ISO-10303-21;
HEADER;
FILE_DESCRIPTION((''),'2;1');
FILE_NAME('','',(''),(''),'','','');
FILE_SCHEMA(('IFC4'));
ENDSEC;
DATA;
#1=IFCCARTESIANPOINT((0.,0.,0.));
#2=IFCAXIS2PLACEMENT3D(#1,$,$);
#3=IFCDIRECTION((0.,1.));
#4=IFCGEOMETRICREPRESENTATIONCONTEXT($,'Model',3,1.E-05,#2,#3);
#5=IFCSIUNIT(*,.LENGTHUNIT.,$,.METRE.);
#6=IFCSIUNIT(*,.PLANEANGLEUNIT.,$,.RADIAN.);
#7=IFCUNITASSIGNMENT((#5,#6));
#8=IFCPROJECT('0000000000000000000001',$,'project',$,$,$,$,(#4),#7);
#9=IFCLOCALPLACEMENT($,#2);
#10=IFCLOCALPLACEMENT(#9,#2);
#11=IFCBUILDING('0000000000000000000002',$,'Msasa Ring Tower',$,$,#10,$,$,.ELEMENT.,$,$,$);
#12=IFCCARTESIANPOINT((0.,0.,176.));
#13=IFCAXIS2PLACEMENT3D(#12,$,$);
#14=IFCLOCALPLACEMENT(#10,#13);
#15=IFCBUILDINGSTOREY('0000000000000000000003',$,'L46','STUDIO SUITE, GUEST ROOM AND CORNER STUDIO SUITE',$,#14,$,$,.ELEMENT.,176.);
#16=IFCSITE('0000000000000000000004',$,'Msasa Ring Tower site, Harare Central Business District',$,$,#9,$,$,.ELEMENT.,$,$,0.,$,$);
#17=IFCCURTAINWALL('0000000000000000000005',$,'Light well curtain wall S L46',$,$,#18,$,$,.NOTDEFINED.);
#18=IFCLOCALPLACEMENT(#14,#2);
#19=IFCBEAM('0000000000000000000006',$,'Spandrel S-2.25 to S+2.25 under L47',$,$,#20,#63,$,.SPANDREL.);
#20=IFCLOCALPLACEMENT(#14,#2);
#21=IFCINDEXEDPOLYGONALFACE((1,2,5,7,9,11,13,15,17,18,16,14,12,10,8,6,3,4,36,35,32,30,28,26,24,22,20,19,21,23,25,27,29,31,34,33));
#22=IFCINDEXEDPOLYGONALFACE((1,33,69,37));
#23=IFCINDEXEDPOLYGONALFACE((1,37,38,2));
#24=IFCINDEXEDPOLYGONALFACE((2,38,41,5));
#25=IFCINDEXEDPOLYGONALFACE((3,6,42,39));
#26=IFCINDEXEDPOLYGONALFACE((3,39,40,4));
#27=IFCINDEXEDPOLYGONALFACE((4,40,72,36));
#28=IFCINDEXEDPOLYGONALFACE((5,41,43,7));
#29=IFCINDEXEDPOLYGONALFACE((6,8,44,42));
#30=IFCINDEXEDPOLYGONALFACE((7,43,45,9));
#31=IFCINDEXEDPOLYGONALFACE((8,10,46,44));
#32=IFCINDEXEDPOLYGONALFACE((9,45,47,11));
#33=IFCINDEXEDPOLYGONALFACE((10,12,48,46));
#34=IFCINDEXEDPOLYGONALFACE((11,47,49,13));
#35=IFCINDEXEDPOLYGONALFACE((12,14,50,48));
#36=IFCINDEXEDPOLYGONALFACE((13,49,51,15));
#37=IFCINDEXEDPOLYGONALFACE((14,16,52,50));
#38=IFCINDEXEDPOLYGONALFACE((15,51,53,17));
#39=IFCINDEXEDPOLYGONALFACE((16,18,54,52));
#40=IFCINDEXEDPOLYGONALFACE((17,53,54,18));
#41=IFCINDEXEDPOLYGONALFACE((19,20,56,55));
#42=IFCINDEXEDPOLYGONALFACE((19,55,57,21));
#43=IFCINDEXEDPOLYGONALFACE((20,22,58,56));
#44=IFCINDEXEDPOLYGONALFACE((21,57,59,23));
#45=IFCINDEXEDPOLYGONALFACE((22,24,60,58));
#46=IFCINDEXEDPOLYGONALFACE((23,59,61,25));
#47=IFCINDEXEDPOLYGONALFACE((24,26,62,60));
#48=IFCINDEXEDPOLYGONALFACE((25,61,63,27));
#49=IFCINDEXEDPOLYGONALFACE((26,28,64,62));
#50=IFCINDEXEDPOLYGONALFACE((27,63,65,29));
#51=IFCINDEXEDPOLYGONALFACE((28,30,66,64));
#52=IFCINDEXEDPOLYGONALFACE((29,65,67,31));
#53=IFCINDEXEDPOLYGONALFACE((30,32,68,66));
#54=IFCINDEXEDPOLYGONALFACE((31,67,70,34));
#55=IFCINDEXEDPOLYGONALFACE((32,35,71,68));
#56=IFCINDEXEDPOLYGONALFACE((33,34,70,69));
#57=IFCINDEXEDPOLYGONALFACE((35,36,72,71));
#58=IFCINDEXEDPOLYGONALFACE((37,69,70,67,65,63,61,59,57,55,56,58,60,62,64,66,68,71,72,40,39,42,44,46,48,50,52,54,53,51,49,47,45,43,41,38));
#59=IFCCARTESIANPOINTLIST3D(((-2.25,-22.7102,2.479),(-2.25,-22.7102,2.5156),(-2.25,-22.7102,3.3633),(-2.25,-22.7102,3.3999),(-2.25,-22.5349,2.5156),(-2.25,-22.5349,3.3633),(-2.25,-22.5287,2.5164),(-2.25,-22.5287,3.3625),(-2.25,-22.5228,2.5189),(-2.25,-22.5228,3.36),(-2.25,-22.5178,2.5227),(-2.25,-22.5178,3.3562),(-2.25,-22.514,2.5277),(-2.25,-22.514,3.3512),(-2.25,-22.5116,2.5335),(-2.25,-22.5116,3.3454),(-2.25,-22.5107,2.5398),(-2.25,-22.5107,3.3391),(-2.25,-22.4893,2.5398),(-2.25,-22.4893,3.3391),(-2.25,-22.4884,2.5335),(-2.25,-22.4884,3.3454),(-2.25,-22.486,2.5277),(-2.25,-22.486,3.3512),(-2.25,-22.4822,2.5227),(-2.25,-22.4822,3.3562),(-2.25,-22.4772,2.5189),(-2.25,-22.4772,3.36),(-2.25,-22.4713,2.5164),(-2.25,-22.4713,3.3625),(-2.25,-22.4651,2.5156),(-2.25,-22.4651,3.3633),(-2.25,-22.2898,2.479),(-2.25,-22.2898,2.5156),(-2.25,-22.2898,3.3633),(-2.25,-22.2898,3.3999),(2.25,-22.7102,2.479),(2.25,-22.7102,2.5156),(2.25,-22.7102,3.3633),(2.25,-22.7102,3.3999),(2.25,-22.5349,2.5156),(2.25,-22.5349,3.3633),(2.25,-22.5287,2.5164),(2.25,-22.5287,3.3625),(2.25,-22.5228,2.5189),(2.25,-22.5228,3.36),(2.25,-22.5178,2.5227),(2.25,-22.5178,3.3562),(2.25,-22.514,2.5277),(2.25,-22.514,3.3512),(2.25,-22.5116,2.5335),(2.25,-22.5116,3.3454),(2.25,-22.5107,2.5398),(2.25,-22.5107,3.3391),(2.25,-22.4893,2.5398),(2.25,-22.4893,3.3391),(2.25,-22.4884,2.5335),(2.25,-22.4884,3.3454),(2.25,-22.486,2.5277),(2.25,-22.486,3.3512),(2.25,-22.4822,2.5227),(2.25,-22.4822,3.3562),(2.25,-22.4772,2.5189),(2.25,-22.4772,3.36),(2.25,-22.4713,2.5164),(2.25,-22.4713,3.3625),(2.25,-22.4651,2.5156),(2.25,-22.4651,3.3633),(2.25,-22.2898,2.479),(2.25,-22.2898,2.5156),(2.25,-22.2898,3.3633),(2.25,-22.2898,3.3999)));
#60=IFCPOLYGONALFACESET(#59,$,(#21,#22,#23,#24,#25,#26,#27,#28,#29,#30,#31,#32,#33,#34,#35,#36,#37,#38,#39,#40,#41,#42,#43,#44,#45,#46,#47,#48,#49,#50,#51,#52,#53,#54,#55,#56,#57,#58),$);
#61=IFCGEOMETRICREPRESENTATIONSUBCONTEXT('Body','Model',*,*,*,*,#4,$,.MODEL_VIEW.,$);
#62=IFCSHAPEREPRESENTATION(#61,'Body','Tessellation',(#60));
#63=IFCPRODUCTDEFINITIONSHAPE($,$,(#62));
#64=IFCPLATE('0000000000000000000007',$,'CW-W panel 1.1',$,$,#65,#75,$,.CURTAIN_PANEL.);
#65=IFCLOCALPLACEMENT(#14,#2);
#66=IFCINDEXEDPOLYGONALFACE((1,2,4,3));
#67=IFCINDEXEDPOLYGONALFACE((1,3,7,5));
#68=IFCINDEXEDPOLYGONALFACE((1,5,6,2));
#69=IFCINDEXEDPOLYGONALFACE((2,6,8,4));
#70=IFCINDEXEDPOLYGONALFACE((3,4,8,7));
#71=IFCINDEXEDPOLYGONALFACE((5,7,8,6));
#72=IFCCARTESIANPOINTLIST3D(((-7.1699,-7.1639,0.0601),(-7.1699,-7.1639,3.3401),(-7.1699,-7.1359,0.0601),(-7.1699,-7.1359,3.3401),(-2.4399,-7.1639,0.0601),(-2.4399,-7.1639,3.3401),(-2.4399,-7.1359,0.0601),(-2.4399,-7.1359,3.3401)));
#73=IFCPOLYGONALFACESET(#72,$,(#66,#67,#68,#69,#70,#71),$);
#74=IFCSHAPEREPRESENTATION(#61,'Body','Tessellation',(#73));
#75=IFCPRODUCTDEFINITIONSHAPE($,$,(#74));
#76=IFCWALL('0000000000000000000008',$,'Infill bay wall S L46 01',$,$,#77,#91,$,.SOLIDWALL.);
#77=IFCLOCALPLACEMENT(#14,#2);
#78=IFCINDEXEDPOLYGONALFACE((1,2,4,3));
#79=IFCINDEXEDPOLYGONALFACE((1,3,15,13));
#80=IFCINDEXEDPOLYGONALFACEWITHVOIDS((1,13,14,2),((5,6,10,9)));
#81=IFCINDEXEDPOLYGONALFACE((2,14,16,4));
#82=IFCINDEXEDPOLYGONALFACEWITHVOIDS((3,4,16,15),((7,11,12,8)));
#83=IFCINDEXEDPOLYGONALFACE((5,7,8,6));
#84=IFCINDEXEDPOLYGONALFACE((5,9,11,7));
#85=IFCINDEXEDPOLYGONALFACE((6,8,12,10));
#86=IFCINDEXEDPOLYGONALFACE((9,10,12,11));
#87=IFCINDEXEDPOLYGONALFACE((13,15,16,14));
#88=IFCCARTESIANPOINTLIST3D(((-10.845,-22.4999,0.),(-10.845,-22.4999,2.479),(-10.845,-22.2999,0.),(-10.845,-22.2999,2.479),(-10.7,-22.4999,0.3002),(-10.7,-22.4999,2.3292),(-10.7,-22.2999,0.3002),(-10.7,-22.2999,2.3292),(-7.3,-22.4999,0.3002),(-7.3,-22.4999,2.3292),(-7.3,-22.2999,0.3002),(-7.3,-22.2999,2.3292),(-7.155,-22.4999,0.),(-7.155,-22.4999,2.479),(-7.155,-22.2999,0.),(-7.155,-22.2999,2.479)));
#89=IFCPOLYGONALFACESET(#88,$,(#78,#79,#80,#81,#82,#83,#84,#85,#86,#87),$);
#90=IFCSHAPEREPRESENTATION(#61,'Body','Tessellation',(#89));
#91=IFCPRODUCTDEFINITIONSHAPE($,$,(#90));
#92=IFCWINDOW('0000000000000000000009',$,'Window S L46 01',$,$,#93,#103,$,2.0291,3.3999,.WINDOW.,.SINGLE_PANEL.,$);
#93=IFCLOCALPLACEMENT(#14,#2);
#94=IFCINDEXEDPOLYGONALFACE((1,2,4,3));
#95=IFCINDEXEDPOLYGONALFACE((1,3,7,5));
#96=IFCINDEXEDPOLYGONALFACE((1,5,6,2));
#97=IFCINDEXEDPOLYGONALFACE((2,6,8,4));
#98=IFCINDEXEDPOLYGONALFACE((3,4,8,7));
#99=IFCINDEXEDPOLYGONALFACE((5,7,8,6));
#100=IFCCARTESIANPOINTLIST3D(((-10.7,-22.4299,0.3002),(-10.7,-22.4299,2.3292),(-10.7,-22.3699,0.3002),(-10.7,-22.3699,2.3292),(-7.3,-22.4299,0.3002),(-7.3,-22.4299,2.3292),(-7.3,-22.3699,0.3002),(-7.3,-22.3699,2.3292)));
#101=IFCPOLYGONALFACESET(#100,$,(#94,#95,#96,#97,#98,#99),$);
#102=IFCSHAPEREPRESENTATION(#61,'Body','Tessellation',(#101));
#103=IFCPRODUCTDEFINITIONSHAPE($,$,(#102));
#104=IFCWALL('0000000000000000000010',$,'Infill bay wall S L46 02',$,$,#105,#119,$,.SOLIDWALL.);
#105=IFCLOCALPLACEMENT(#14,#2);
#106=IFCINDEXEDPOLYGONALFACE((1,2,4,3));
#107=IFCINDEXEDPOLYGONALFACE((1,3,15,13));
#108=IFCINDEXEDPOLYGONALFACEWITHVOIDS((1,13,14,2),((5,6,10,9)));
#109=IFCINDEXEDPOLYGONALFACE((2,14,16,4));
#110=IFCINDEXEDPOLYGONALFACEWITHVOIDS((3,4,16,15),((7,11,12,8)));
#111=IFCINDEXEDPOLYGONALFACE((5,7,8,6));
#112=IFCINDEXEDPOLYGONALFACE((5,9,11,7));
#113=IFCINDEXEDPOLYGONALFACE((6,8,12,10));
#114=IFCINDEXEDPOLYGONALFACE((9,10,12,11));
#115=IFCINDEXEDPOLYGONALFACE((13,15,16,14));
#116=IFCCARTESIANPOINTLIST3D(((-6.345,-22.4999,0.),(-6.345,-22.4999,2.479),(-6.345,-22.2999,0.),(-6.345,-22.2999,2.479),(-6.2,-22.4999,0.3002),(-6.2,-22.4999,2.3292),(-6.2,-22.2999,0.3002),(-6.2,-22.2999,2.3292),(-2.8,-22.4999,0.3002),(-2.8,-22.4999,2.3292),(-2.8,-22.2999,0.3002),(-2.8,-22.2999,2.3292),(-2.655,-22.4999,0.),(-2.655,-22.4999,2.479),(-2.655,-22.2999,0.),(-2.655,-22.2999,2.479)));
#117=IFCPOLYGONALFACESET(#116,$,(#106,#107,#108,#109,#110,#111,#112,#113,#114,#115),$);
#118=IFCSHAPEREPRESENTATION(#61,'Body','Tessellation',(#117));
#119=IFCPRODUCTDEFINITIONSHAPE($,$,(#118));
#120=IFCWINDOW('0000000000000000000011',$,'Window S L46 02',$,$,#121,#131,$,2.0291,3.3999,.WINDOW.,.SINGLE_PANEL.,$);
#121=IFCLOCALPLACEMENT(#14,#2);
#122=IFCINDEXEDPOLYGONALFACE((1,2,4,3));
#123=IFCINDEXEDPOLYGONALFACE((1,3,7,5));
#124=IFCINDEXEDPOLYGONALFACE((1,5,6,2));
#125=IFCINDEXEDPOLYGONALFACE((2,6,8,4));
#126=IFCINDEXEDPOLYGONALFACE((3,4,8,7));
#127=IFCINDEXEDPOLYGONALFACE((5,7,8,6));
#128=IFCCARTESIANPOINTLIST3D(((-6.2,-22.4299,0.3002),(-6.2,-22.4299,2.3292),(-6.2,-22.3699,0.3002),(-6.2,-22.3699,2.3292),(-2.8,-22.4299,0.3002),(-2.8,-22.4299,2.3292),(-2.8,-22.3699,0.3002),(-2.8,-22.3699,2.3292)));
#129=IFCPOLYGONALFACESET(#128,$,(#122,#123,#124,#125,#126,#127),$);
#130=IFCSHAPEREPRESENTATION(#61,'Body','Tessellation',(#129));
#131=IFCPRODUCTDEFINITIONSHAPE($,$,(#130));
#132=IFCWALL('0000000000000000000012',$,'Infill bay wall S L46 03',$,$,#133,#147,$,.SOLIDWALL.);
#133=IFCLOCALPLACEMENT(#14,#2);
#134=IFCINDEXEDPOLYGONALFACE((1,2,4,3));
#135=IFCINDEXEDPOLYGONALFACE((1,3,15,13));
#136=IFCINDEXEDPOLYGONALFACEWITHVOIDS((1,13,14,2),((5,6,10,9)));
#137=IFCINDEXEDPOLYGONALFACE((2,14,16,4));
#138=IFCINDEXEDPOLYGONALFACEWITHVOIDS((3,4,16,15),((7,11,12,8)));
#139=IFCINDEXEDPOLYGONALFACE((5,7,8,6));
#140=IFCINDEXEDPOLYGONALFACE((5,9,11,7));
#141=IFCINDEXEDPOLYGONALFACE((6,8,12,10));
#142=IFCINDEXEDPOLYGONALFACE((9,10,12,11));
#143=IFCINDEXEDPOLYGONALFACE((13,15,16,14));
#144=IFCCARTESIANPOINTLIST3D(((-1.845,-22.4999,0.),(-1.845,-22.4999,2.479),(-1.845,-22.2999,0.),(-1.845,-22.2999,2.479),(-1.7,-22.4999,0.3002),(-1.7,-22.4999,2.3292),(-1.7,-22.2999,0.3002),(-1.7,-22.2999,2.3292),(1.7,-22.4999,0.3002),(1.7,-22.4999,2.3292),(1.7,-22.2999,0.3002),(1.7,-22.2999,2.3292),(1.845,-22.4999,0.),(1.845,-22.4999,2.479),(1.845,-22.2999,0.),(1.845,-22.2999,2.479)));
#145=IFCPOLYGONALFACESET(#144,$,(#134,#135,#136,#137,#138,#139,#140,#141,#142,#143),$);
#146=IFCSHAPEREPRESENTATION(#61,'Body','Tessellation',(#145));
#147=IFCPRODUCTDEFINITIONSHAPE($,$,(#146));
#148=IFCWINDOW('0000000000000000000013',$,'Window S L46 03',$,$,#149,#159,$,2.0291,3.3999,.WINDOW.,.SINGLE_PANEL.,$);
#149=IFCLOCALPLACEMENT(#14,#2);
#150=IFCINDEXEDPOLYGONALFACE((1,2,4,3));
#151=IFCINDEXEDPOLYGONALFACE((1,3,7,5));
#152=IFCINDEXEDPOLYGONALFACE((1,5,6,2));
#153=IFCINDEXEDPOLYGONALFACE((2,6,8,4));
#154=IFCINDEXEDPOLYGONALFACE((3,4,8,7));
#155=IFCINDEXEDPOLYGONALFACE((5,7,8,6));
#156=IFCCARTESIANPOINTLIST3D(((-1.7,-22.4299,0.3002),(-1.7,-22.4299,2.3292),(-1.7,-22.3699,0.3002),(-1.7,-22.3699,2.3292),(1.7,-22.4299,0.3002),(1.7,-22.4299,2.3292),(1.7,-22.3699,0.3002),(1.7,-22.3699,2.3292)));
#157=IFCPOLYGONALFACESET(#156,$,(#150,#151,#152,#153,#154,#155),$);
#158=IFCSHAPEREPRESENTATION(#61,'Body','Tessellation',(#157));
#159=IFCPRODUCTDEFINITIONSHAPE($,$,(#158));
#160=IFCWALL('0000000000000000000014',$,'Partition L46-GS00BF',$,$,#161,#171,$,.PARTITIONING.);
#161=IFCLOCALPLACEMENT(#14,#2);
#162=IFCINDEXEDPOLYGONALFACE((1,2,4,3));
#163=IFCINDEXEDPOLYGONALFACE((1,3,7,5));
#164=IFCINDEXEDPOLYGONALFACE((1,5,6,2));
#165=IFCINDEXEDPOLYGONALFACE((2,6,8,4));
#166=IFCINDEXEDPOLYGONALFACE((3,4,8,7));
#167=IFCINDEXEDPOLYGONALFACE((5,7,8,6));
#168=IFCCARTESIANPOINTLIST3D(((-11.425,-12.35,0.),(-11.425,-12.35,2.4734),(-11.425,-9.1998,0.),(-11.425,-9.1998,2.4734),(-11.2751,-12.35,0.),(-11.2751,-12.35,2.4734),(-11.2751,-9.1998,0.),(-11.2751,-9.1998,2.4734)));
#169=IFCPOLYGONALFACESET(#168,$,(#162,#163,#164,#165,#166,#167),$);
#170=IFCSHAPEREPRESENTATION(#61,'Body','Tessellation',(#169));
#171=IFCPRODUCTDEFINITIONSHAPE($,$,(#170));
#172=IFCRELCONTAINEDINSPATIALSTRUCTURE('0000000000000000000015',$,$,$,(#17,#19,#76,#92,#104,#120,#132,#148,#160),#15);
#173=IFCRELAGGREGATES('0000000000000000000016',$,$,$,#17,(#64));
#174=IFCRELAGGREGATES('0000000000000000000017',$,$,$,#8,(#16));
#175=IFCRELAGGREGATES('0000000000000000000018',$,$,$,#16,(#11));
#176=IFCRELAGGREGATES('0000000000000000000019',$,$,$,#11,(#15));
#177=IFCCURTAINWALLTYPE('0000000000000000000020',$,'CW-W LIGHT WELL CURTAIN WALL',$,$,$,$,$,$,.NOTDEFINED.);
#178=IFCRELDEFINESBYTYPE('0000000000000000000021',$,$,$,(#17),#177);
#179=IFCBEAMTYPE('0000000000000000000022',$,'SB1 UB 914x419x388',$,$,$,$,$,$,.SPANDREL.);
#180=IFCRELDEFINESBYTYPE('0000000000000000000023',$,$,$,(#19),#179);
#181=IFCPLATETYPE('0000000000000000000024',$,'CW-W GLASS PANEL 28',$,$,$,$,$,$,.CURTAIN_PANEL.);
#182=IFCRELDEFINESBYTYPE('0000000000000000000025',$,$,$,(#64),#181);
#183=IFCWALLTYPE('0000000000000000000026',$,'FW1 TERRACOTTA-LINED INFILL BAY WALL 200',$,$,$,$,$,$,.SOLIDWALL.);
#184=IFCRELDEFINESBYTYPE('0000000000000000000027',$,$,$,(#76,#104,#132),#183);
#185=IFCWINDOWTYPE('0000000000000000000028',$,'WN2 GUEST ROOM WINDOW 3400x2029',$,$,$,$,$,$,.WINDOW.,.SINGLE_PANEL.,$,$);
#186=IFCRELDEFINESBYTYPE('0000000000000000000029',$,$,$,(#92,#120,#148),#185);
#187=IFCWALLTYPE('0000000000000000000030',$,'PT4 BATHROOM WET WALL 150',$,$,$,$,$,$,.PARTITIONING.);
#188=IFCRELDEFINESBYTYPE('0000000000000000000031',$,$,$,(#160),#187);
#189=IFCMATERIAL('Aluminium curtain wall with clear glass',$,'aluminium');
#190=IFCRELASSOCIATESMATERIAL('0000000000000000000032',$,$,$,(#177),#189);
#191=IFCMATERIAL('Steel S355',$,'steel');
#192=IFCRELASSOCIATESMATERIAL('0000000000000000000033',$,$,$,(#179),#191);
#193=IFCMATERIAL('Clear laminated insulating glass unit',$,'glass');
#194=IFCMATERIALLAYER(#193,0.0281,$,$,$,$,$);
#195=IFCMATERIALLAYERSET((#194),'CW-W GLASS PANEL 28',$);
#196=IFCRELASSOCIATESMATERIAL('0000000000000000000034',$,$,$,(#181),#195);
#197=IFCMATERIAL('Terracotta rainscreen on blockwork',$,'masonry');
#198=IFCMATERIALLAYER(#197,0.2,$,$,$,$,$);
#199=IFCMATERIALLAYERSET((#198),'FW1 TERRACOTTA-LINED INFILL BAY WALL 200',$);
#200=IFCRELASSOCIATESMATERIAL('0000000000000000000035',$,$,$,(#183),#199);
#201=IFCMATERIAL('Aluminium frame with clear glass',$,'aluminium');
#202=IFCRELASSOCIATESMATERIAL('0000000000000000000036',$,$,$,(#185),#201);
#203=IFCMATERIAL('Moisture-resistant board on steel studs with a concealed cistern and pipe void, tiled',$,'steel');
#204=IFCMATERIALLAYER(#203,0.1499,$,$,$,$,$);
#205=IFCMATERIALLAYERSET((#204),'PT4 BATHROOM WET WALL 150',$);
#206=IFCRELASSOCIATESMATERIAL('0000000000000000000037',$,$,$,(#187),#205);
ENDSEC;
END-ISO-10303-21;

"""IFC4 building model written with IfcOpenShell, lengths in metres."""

from ifc_helpers import new_model, si_unit, direction, frame, frame_2d, origin, origin_2d, place, context, subcontext, project, spatial, rectangle, i_section, extrude, material, layer, layer_set, material_profile, profile_set, type_object, element, fill, aggregate, save


model = new_model("IFC4")

# Units and contexts
model_context = context("Model", 3, precision=1e-05, world=origin(), true_north=direction((0.0, 1.0)))
body_context = subcontext(model_context, "Body", "Model", "MODEL_VIEW")
ifc_project = project(units=[si_unit("LENGTHUNIT", "METRE"), si_unit("PLANEANGLEUNIT", "RADIAN")], contexts=[model_context])

# Site, building, storey
site_placement = place(None, origin())
site = spatial("IfcSite", under=ifc_project, at=site_placement, Name="Msasa Ring Tower site, Harare Central Business District", CompositionType="ELEMENT", RefElevation=0.0)
building_placement = place(site_placement, origin())
building = spatial("IfcBuilding", under=site, at=building_placement, Name="Msasa Ring Tower", CompositionType="ELEMENT")
storey_placement = place(building_placement, frame((0.0, 0.0, 176.0)))
storey = spatial("IfcBuildingStorey", under=building, at=storey_placement, Name="L46", Description="STUDIO SUITE, GUEST ROOM AND CORNER STUDIO SUITE", CompositionType="ELEMENT", Elevation=176.0)

# Curtain wall
ifc_material_1 = material(Name="Aluminium curtain wall with clear glass", Category="aluminium")
curtain_wall_type = type_object("IfcCurtainWallType", Name="CW-W LIGHT WELL CURTAIN WALL", PredefinedType="NOTDEFINED", material=ifc_material_1)
curtain_wall_1_placement = place(storey_placement, origin())
curtain_wall_1 = element("IfcCurtainWall", 1, at=curtain_wall_1_placement, inside=storey, type_object=curtain_wall_type, Name="Light well curtain wall S L46", PredefinedType="NOTDEFINED")

# Beam
ifc_material_2 = material(Name="Steel S355", Category="steel")
ifc_material_profile_1 = material_profile(ifc_material_2, i_section(OverallWidth=0.4204, OverallDepth=0.9209, WebThickness=0.0215, FlangeThickness=0.0366, FilletRadius=0.0242, at=origin_2d()), Name="UB 914x419x388")
ifc_profile_set_1 = profile_set([ifc_material_profile_1], Name="Steel S355")
beam_type_1 = type_object("IfcBeamType", Name="SB1 UB 914x419x388", PredefinedType="SPANDREL", material=ifc_profile_set_1)
for number, where, z_axis, x_axis, name in (
    (2, (-2.25, -22.5, 2.9395), (1.0, 0.0, 0.0), (0.0, 1.0, 0.0), "Spandrel S-2.25 to S+2.25 under L47"),
):
    element("IfcBeam", number, at=place(storey_placement, frame(where, z_axis=z_axis, x_axis=x_axis)), inside=storey, type_object=beam_type_1, Name=name, PredefinedType="SPANDREL", context=body_context, shape_type="SweptSolid", body=[
        extrude(i_section(OverallWidth=0.4204, OverallDepth=0.9209, WebThickness=0.0215, FlangeThickness=0.0366, FilletRadius=0.0242, at=origin_2d()), origin(), (0.0, 0.0, 1.0), 4.5),
    ])

# Plate
ifc_material_3 = material(Name="Clear laminated insulating glass unit", Category="glass")
ifc_layer_1 = layer(ifc_material_3, 0.0281)
ifc_layer_set_1 = layer_set([ifc_layer_1], Name="CW-W GLASS PANEL 28")
plate_type = type_object("IfcPlateType", Name="CW-W GLASS PANEL 28", PredefinedType="CURTAIN_PANEL", material=ifc_layer_set_1)
plate_placement = place(storey_placement, frame((-4.8049, -7.1499, 0.0601), z_axis=(0.0, 0.0, 1.0), x_axis=(1.0, 0.0, 0.0)))
plate = element("IfcPlate", 3, at=plate_placement, type_object=plate_type, Name="CW-W panel 1.1", PredefinedType="CURTAIN_PANEL", context=body_context, shape_type="SweptSolid", body=[
    extrude(rectangle(XDim=4.73, YDim=0.0281, at=origin_2d()), origin(), (0.0, 0.0, 1.0), 3.28),
])
aggregate(curtain_wall_1, [plate])

# Walls, openings, windows
ifc_material_4 = material(Name="Terracotta rainscreen on blockwork", Category="masonry")
ifc_layer_2 = layer(ifc_material_4, 0.2)
ifc_layer_set_2 = layer_set([ifc_layer_2], Name="FW1 TERRACOTTA-LINED INFILL BAY WALL 200")
wall_type_1 = type_object("IfcWallType", Name="FW1 TERRACOTTA-LINED INFILL BAY WALL 200", PredefinedType="SOLIDWALL", material=ifc_layer_set_2)
wall_1_placement = place(storey_placement, frame((-10.845, -22.3999, 0.0), z_axis=(0.0, 0.0, 1.0), x_axis=(1.0, 0.0, 0.0)))
wall_1 = element("IfcWall", 4, at=wall_1_placement, inside=storey, type_object=wall_type_1, Name="Infill bay wall S L46 01", PredefinedType="SOLIDWALL", context=body_context, shape_type="SweptSolid", body=[
    extrude(rectangle(XDim=3.6899, YDim=0.2, at=frame_2d((1.845, 0.0))), origin(), (0.0, 0.0, 1.0), 2.479),
])
opening_1_placement = place(wall_1_placement, frame((0.145, 0.0, 0.3)))
opening_1 = element("IfcOpeningElement", 5, at=opening_1_placement, cuts=wall_1, PredefinedType="OPENING", context=body_context, shape_type="SweptSolid", body=[
    extrude(rectangle(XDim=3.3999, YDim=2.0291, at=frame_2d((1.7, 1.0146))), frame((0.0, 0.1099, 0.0), z_axis=(0.0, -1.0, 0.0), x_axis=(1.0, 0.0, 0.0)), (0.0, 0.0, 1.0), 0.22),
])
ifc_material_5 = material(Name="Aluminium frame with clear glass", Category="aluminium")
window_type = type_object("IfcWindowType", Name="WN2 GUEST ROOM WINDOW 3400x2029", PartitioningType="SINGLE_PANEL", PredefinedType="WINDOW", material=ifc_material_5)
window_1_placement = place(opening_1_placement, origin())
window_1 = element("IfcWindow", 6, at=window_1_placement, inside=storey, type_object=window_type, Name="Window S L46 01", OverallHeight=2.0291, OverallWidth=3.3999, PartitioningType="SINGLE_PANEL", PredefinedType="WINDOW", context=body_context, shape_type="SweptSolid", body=[
    extrude(rectangle(XDim=3.3999, YDim=2.0291, at=frame_2d((1.7, 1.0146))), frame((0.0, 0.03, 0.0), z_axis=(0.0, -1.0, 0.0), x_axis=(1.0, 0.0, 0.0)), (0.0, 0.0, 1.0), 0.0601),
])
fill(opening_1, window_1)
wall_2_placement = place(storey_placement, frame((-6.345, -22.3999, 0.0), z_axis=(0.0, 0.0, 1.0), x_axis=(1.0, 0.0, 0.0)))
wall_2 = element("IfcWall", 7, at=wall_2_placement, inside=storey, type_object=wall_type_1, Name="Infill bay wall S L46 02", PredefinedType="SOLIDWALL", context=body_context, shape_type="SweptSolid", body=[
    extrude(rectangle(XDim=3.6899, YDim=0.2, at=frame_2d((1.845, 0.0))), origin(), (0.0, 0.0, 1.0), 2.479),
])
opening_2_placement = place(wall_2_placement, frame((0.145, 0.0, 0.3)))
opening_2 = element("IfcOpeningElement", 8, at=opening_2_placement, cuts=wall_2, PredefinedType="OPENING", context=body_context, shape_type="SweptSolid", body=[
    extrude(rectangle(XDim=3.3999, YDim=2.0291, at=frame_2d((1.7, 1.0146))), frame((0.0, 0.1099, 0.0), z_axis=(0.0, -1.0, 0.0), x_axis=(1.0, 0.0, 0.0)), (0.0, 0.0, 1.0), 0.22),
])
window_2_placement = place(opening_2_placement, origin())
window_2 = element("IfcWindow", 9, at=window_2_placement, inside=storey, type_object=window_type, Name="Window S L46 02", OverallHeight=2.0291, OverallWidth=3.3999, PartitioningType="SINGLE_PANEL", PredefinedType="WINDOW", context=body_context, shape_type="SweptSolid", body=[
    extrude(rectangle(XDim=3.3999, YDim=2.0291, at=frame_2d((1.7, 1.0146))), frame((0.0, 0.03, 0.0), z_axis=(0.0, -1.0, 0.0), x_axis=(1.0, 0.0, 0.0)), (0.0, 0.0, 1.0), 0.0601),
])
fill(opening_2, window_2)
wall_3_placement = place(storey_placement, frame((-1.845, -22.3999, 0.0), z_axis=(0.0, 0.0, 1.0), x_axis=(1.0, 0.0, 0.0)))
wall_3 = element("IfcWall", 10, at=wall_3_placement, inside=storey, type_object=wall_type_1, Name="Infill bay wall S L46 03", PredefinedType="SOLIDWALL", context=body_context, shape_type="SweptSolid", body=[
    extrude(rectangle(XDim=3.6899, YDim=0.2, at=frame_2d((1.845, 0.0))), origin(), (0.0, 0.0, 1.0), 2.479),
])
opening_3_placement = place(wall_3_placement, frame((0.145, 0.0, 0.3)))
opening_3 = element("IfcOpeningElement", 11, at=opening_3_placement, cuts=wall_3, PredefinedType="OPENING", context=body_context, shape_type="SweptSolid", body=[
    extrude(rectangle(XDim=3.3999, YDim=2.0291, at=frame_2d((1.7, 1.0146))), frame((0.0, 0.1099, 0.0), z_axis=(0.0, -1.0, 0.0), x_axis=(1.0, 0.0, 0.0)), (0.0, 0.0, 1.0), 0.22),
])
window_3_placement = place(opening_3_placement, origin())
window_3 = element("IfcWindow", 12, at=window_3_placement, inside=storey, type_object=window_type, Name="Window S L46 03", OverallHeight=2.0291, OverallWidth=3.3999, PartitioningType="SINGLE_PANEL", PredefinedType="WINDOW", context=body_context, shape_type="SweptSolid", body=[
    extrude(rectangle(XDim=3.3999, YDim=2.0291, at=frame_2d((1.7, 1.0146))), frame((0.0, 0.03, 0.0), z_axis=(0.0, -1.0, 0.0), x_axis=(1.0, 0.0, 0.0)), (0.0, 0.0, 1.0), 0.0601),
])
fill(opening_3, window_3)

# Wall
ifc_material_6 = material(Name="Moisture-resistant board on steel studs with a concealed cistern and pipe void, tiled", Category="steel")
ifc_layer_3 = layer(ifc_material_6, 0.1499)
ifc_layer_set_3 = layer_set([ifc_layer_3], Name="PT4 BATHROOM WET WALL 150")
wall_type_2 = type_object("IfcWallType", Name="PT4 BATHROOM WET WALL 150", PredefinedType="PARTITIONING", material=ifc_layer_set_3)
wall_4_placement = place(storey_placement, frame((-11.3501, -12.3501, 0.0), z_axis=(0.0, 0.0, 1.0), x_axis=(0.0, 1.0, 0.0)))
element("IfcWall", 13, at=wall_4_placement, inside=storey, type_object=wall_type_2, Name="Partition L46-GS00BF", PredefinedType="PARTITIONING", context=body_context, shape_type="SweptSolid", body=[
    extrude(rectangle(XDim=3.1501, YDim=0.1499, at=frame_2d((1.5752, 0.0))), origin(), (0.0, 0.0, 1.0), 2.4734),
])

save(model, "model.ifc")
